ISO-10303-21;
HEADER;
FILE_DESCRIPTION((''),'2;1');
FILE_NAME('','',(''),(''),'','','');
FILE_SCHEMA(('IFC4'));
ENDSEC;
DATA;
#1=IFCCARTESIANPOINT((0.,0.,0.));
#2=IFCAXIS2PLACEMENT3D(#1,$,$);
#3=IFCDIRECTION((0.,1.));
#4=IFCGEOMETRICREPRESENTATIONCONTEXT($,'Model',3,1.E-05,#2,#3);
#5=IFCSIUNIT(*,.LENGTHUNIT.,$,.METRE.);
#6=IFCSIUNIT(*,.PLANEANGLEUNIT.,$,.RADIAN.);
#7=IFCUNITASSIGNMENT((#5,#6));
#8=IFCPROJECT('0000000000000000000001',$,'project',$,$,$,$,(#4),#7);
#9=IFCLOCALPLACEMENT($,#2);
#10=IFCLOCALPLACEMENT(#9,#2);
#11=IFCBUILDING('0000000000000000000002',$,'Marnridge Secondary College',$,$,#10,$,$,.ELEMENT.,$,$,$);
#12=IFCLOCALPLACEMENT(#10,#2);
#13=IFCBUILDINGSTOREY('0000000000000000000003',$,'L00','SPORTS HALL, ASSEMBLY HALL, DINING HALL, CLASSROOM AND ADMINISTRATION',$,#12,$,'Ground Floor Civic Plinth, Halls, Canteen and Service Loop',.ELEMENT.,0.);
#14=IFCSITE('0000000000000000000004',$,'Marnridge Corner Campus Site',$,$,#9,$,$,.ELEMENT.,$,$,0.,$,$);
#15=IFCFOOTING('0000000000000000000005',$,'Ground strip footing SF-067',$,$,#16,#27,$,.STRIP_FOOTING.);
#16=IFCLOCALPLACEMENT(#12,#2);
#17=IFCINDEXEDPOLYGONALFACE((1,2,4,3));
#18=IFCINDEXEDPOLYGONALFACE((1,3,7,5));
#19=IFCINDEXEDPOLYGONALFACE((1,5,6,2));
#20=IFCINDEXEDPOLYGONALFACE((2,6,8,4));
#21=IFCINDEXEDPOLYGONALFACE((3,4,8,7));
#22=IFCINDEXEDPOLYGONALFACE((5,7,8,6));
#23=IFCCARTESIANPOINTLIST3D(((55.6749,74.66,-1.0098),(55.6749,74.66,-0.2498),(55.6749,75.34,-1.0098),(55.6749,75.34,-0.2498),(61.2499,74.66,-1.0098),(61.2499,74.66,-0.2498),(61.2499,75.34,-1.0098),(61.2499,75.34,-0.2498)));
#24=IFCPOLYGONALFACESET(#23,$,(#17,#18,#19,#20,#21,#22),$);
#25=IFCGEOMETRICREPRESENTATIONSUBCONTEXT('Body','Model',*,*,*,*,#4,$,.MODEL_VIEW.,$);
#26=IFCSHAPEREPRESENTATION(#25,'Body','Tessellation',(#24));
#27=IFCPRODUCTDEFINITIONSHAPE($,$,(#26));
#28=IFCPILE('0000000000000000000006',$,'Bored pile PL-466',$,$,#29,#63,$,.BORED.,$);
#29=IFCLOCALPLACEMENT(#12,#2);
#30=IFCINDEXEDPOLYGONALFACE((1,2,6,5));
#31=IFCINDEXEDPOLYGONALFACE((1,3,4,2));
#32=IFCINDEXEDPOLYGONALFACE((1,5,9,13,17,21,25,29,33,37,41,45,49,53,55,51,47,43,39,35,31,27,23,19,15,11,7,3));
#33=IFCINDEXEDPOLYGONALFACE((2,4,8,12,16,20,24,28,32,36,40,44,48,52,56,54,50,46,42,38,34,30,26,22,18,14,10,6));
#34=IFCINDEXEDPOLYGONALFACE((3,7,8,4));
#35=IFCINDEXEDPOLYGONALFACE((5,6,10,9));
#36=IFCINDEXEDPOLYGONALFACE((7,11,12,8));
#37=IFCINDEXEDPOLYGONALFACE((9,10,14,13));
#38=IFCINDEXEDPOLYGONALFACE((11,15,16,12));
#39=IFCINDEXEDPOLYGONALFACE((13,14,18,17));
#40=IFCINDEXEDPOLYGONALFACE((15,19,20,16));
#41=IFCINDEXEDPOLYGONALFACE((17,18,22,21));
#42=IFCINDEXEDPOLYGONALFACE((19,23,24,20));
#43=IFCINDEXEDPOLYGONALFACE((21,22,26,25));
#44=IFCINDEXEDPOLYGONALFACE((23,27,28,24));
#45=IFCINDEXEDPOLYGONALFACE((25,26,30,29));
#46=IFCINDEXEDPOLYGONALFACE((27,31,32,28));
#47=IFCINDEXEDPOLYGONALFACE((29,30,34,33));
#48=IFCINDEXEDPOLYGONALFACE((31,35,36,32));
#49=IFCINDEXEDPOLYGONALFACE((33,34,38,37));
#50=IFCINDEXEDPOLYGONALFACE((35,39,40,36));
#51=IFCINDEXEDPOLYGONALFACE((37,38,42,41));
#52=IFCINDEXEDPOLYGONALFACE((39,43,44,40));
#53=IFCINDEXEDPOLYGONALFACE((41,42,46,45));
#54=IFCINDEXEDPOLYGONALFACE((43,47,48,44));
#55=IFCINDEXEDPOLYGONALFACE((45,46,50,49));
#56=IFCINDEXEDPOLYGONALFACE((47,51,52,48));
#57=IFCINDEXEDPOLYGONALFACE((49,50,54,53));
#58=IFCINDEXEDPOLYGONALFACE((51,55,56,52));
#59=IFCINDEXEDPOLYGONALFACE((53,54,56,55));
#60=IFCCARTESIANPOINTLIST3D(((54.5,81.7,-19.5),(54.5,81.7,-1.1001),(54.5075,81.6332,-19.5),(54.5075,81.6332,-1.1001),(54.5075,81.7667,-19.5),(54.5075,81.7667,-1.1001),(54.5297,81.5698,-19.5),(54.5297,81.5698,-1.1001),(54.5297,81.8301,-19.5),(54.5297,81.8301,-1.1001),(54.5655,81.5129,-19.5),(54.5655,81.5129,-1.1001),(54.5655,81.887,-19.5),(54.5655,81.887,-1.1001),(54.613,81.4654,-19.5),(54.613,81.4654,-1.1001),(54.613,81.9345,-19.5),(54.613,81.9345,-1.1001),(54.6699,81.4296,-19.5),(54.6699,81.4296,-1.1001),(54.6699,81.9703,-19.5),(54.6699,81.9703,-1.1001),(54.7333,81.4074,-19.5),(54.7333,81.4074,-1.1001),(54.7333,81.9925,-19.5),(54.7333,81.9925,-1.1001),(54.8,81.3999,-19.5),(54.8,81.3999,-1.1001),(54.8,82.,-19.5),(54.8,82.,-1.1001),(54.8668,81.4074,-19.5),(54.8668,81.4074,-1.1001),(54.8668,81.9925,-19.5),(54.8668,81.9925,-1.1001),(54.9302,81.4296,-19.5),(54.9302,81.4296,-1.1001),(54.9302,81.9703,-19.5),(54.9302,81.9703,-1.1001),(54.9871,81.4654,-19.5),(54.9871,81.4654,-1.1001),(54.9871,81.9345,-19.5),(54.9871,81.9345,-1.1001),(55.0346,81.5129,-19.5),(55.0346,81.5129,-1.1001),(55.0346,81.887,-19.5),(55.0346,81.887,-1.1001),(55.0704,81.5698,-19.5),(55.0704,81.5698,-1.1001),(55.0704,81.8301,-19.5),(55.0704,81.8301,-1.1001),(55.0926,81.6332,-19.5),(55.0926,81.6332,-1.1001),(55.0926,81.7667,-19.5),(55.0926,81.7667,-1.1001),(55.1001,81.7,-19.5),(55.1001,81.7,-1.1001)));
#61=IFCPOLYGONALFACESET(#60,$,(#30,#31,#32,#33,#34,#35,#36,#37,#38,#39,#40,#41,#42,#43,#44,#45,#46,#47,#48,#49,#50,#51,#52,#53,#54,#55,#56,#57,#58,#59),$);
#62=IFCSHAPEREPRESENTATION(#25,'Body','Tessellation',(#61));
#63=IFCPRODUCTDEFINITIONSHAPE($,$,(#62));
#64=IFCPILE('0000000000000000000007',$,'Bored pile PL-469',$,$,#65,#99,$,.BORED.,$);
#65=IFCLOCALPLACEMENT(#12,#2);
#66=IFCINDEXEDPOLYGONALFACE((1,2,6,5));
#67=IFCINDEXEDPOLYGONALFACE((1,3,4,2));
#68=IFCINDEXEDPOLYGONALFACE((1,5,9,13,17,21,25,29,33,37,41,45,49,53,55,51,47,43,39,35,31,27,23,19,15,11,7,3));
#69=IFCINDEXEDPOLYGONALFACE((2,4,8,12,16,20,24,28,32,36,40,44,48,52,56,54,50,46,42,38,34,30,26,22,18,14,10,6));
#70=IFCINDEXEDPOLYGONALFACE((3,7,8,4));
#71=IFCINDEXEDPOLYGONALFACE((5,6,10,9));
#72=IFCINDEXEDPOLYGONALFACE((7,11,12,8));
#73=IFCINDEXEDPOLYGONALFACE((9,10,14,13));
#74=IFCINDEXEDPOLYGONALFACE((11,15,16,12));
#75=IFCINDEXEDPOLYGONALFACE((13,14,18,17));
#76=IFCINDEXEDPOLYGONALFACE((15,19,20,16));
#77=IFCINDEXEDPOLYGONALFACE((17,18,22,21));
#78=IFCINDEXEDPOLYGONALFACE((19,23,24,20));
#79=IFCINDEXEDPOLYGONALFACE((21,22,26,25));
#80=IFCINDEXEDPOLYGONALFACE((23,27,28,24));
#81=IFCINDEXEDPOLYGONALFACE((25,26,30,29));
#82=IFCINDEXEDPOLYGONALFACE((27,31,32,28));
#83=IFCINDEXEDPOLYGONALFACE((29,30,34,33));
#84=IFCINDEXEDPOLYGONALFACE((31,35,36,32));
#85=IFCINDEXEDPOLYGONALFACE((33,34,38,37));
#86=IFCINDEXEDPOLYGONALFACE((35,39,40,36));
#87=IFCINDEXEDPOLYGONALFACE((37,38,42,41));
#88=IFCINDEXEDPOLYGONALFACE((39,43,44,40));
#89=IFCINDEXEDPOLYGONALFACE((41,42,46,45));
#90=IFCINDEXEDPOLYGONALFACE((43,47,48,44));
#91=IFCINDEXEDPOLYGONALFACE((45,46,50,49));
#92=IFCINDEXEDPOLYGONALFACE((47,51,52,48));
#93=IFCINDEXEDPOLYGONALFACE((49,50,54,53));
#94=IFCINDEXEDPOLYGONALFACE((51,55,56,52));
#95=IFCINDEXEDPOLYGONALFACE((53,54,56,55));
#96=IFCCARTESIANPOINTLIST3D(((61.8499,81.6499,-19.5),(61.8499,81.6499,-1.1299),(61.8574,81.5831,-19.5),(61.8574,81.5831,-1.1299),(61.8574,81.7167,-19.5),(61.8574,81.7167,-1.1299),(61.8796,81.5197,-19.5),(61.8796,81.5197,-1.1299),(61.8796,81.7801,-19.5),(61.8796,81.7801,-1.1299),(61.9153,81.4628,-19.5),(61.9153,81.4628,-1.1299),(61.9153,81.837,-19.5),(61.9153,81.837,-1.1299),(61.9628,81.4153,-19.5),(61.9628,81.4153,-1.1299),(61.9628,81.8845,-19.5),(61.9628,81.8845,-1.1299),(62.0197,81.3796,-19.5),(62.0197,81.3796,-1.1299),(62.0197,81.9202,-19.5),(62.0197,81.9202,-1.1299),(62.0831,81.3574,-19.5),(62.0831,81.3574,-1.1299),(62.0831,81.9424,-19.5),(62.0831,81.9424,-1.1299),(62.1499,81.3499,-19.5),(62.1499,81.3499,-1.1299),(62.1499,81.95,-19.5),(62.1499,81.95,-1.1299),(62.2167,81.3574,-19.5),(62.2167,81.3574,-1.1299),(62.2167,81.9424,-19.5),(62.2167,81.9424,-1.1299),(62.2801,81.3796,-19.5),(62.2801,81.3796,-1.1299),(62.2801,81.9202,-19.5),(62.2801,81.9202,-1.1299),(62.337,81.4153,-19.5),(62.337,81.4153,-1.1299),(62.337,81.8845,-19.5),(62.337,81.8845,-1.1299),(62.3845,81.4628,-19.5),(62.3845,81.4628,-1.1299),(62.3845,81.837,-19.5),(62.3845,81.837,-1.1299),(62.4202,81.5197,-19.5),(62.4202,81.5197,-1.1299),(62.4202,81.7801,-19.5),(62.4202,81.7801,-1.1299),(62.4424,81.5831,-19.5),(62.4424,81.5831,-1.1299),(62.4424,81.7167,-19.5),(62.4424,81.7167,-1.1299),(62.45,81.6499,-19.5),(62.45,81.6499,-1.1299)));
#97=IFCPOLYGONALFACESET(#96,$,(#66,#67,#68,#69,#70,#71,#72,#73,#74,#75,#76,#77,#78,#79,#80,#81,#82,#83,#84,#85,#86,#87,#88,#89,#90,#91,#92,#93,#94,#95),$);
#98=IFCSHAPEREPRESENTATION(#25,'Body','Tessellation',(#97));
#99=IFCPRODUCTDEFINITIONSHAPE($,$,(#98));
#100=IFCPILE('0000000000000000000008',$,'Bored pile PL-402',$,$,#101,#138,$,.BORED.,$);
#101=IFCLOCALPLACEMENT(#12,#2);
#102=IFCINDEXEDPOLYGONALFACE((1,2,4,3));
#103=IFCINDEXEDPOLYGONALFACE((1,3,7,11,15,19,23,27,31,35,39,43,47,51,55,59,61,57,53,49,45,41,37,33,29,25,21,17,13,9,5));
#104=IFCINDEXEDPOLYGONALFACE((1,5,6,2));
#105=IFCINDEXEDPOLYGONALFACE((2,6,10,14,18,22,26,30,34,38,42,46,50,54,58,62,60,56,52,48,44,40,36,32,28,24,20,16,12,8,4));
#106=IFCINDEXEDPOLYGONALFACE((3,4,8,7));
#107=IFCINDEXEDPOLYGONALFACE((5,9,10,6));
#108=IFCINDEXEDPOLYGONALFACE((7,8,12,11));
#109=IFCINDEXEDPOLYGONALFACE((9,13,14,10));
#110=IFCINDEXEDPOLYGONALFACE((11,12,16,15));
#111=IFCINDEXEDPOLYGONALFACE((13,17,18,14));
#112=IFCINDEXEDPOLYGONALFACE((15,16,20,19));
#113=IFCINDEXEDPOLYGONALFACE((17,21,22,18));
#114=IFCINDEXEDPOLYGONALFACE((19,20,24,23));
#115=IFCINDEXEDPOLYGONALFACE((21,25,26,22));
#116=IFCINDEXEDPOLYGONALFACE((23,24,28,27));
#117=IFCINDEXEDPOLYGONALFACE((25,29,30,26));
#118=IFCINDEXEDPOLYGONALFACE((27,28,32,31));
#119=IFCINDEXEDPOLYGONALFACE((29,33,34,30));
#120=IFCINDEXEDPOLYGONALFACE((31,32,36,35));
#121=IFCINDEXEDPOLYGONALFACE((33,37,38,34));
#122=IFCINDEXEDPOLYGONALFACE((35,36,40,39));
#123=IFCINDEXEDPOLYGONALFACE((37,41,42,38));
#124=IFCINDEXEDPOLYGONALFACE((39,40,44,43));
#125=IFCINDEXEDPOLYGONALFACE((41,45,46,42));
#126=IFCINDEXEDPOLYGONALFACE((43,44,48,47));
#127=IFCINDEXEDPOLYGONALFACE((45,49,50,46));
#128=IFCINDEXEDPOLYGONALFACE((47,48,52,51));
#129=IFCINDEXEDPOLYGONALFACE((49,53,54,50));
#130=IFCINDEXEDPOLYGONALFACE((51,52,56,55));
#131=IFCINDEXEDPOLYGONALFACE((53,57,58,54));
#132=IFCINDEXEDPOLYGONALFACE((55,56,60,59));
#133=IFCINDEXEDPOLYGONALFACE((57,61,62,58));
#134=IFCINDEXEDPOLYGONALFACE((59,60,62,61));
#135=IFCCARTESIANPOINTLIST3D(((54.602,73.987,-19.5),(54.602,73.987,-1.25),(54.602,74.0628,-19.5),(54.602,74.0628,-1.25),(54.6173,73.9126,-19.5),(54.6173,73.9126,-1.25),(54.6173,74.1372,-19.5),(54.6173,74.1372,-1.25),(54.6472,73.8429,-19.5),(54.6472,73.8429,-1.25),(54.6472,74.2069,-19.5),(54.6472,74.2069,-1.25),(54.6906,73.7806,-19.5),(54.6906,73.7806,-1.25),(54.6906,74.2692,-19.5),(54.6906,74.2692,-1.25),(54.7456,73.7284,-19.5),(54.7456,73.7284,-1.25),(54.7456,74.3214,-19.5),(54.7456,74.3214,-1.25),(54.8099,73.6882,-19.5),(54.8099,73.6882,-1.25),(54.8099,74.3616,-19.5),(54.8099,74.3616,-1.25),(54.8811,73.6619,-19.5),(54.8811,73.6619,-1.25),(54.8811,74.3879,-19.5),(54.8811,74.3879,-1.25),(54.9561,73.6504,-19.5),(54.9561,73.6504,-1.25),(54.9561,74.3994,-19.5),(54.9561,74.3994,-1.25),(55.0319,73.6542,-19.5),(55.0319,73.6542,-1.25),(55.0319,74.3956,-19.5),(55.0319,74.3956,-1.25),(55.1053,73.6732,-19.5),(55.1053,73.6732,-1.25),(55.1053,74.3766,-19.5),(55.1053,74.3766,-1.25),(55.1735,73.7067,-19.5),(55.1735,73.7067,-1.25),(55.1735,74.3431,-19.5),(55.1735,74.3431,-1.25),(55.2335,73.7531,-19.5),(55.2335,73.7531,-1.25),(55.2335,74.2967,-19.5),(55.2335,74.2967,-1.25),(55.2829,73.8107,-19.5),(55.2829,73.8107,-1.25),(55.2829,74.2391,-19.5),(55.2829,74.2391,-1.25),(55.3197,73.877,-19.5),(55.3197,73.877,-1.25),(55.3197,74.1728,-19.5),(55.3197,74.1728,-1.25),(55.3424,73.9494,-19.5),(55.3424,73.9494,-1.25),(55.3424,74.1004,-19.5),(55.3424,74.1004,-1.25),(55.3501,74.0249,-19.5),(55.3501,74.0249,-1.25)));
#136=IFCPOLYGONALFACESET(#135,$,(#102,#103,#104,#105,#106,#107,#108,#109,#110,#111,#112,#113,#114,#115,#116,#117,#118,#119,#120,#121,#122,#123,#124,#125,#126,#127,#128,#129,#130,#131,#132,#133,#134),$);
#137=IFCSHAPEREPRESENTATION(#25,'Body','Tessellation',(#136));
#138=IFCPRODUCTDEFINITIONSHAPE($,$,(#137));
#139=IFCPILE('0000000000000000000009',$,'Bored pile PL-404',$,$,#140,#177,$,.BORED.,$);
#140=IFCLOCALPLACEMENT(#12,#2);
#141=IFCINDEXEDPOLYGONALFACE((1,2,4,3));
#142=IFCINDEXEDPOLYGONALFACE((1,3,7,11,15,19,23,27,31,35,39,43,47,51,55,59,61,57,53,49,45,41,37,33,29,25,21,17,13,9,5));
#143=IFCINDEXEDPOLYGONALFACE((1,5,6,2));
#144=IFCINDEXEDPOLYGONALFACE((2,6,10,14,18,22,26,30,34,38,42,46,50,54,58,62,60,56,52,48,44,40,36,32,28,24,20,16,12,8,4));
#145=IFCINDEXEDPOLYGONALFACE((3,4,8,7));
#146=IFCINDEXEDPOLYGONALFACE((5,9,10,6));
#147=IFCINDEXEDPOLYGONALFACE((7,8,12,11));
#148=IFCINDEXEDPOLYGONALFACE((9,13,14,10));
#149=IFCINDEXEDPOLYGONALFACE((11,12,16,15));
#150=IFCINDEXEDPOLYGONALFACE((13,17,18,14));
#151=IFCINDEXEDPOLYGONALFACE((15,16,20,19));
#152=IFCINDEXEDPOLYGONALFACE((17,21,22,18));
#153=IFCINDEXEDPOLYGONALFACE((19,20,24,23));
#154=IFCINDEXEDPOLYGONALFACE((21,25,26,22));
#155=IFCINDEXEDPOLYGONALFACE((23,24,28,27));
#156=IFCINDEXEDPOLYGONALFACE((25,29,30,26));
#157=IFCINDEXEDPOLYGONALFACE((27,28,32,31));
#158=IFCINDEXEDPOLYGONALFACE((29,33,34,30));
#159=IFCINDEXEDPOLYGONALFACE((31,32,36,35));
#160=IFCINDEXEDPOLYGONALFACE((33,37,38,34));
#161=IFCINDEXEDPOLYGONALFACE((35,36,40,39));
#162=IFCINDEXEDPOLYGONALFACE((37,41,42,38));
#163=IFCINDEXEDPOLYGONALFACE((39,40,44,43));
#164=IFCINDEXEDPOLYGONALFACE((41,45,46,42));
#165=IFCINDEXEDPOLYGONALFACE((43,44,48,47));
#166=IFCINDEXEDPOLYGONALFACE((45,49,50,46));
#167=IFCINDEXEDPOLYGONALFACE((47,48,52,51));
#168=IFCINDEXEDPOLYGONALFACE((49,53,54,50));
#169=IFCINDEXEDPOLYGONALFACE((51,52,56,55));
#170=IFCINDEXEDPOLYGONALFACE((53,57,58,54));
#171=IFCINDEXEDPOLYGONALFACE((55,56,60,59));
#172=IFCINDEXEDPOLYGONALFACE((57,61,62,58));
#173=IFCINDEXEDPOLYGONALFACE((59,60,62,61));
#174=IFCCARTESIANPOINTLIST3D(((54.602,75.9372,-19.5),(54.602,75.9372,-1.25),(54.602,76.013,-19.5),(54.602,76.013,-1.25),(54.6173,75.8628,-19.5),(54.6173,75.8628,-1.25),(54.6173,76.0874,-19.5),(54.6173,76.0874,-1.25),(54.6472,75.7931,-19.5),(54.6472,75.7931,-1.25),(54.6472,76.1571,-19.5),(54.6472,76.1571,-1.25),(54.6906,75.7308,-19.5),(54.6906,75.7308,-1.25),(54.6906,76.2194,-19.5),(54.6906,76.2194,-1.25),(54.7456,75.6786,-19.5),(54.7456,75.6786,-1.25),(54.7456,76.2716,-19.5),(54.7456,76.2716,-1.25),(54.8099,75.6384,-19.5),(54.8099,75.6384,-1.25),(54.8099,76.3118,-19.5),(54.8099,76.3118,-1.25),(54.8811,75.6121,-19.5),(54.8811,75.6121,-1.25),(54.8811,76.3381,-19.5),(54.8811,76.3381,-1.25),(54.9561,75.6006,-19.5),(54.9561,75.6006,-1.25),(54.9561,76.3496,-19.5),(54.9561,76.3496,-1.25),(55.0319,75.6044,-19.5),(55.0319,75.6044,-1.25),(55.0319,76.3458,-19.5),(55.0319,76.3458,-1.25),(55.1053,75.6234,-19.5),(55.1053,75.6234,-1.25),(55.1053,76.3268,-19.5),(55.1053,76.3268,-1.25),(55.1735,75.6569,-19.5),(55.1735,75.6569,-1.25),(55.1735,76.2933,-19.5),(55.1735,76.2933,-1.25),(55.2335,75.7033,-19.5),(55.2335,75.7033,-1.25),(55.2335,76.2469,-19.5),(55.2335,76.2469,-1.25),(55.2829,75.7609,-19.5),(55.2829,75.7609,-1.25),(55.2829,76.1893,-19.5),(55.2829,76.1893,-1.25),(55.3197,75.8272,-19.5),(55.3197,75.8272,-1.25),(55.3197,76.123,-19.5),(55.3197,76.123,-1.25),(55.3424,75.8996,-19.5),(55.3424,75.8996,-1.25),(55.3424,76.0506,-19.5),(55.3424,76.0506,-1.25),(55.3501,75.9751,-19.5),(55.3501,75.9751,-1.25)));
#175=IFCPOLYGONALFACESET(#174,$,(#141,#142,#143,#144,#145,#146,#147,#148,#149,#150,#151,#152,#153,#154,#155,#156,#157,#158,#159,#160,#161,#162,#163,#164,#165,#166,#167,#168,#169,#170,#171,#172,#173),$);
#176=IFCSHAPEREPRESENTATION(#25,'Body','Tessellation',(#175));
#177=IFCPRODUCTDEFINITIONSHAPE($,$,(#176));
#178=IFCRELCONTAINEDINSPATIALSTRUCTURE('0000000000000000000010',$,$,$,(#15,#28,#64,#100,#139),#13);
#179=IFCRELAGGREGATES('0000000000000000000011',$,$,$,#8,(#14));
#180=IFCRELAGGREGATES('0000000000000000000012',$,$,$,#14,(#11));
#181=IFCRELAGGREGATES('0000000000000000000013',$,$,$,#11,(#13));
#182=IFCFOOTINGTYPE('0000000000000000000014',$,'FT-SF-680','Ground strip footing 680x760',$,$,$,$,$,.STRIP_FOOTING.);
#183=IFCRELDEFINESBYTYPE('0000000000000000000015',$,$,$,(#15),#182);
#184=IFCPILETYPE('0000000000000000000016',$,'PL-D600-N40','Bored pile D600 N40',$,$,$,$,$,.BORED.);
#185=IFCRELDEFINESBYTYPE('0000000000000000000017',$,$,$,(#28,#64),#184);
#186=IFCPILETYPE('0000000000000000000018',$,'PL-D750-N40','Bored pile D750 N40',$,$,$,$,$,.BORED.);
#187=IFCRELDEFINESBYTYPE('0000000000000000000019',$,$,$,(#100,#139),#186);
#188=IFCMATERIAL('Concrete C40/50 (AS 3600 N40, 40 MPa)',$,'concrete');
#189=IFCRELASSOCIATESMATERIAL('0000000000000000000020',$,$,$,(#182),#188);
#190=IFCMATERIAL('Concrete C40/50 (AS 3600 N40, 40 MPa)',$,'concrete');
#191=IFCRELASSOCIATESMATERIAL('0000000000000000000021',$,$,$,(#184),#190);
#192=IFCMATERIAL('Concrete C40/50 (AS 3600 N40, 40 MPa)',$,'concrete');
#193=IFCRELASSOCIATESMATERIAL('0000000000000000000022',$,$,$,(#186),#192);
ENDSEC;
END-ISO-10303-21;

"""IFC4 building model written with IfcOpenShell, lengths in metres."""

from ifc_helpers import new_model, si_unit, direction, frame, origin, origin_2d, place, context, subcontext, project, spatial, rectangle, circle, extrude, material, material_profile, profile_set, type_object, element, save


model = new_model("IFC4")

# Units and contexts
model_context = context("Model", 3, precision=1e-05, world=origin(), true_north=direction((0.0, 1.0)))
body_context = subcontext(model_context, "Body", "Model", "MODEL_VIEW")
ifc_project = project(units=[si_unit("LENGTHUNIT", "METRE"), si_unit("PLANEANGLEUNIT", "RADIAN")], contexts=[model_context])

# Site, building, storey
site_placement = place(None, origin())
site = spatial("IfcSite", under=ifc_project, at=site_placement, Name="Marnridge Corner Campus Site", CompositionType="ELEMENT", RefElevation=0.0)
building_placement = place(site_placement, origin())
building = spatial("IfcBuilding", under=site, at=building_placement, Name="Marnridge Secondary College", CompositionType="ELEMENT")
storey_placement = place(building_placement, origin())
storey = spatial("IfcBuildingStorey", under=building, at=storey_placement, Name="L00", Description="SPORTS HALL, ASSEMBLY HALL, DINING HALL, CLASSROOM AND ADMINISTRATION", LongName="Ground Floor Civic Plinth, Halls, Canteen and Service Loop", CompositionType="ELEMENT", Elevation=0.0)

# Footing
ifc_material_1 = material(Name="Concrete C40/50 (AS 3600 N40, 40 MPa)", Category="concrete")
footing_type = type_object("IfcFootingType", Name="FT-SF-680", Description="Ground strip footing 680x760", PredefinedType="STRIP_FOOTING", material=ifc_material_1)
footing_placement = place(storey_placement, frame((58.4624, 75.0, -1.0098), z_axis=(0.0, 0.0, 1.0), x_axis=(1.0, 0.0, 0.0)))
element("IfcFooting", 1, at=footing_placement, inside=storey, type_object=footing_type, Name="Ground strip footing SF-067", PredefinedType="STRIP_FOOTING", context=body_context, shape_type="SweptSolid", body=[
    extrude(rectangle(XDim=5.575, YDim=0.6799, at=origin_2d()), origin(), (0.0, 0.0, 1.0), 0.76),
])

# Piles
ifc_material_2 = material(Name="Concrete C40/50 (AS 3600 N40, 40 MPa)", Category="concrete")
ifc_material_profile_1 = material_profile(ifc_material_2, circle(Radius=0.3, at=origin_2d()), Name="PILE D600")
ifc_profile_set_1 = profile_set([ifc_material_profile_1], Name="Concrete C40/50 (AS 3600 N40, 40 MPa)")
pile_type_1 = type_object("IfcPileType", Name="PL-D600-N40", Description="Bored pile D600 N40", PredefinedType="BORED", material=ifc_profile_set_1)
pile_1_placement = place(storey_placement, frame((54.8, 81.7, -1.1001), z_axis=(0.0, 0.0, -1.0), x_axis=(1.0, 0.0, 0.0)))
element("IfcPile", 2, at=pile_1_placement, inside=storey, type_object=pile_type_1, Name="Bored pile PL-466", PredefinedType="BORED", context=body_context, shape_type="SweptSolid", body=[
    extrude(circle(Radius=0.3, at=origin_2d()), origin(), (0.0, 0.0, 1.0), 18.3999),
])
pile_2_placement = place(storey_placement, frame((62.1499, 81.6499, -1.1299), z_axis=(0.0, 0.0, -1.0), x_axis=(1.0, 0.0, 0.0)))
element("IfcPile", 3, at=pile_2_placement, inside=storey, type_object=pile_type_1, Name="Bored pile PL-469", PredefinedType="BORED", context=body_context, shape_type="SweptSolid", body=[
    extrude(circle(Radius=0.3, at=origin_2d()), origin(), (0.0, 0.0, 1.0), 18.3701),
])
ifc_material_3 = material(Name="Concrete C40/50 (AS 3600 N40, 40 MPa)", Category="concrete")
ifc_material_profile_2 = material_profile(ifc_material_3, circle(Radius=0.375, at=origin_2d()), Name="PILE D750")
ifc_profile_set_2 = profile_set([ifc_material_profile_2], Name="Concrete C40/50 (AS 3600 N40, 40 MPa)")
pile_type_2 = type_object("IfcPileType", Name="PL-D750-N40", Description="Bored pile D750 N40", PredefinedType="BORED", material=ifc_profile_set_2)
for number, where, z_axis, x_axis, name in (
    (4, (54.9751, 74.0249, -1.25), (0.0, 0.0, -1.0), (1.0, 0.0, 0.0), "Bored pile PL-402"),
    (5, (54.9751, 75.9751, -1.25), (0.0, 0.0, -1.0), (1.0, 0.0, 0.0), "Bored pile PL-404"),
):
    element("IfcPile", number, at=place(storey_placement, frame(where, z_axis=z_axis, x_axis=x_axis)), inside=storey, type_object=pile_type_2, Name=name, PredefinedType="BORED", context=body_context, shape_type="SweptSolid", body=[
        extrude(circle(Radius=0.375, at=origin_2d()), origin(), (0.0, 0.0, 1.0), 18.25),
    ])

save(model, "model.ifc")
